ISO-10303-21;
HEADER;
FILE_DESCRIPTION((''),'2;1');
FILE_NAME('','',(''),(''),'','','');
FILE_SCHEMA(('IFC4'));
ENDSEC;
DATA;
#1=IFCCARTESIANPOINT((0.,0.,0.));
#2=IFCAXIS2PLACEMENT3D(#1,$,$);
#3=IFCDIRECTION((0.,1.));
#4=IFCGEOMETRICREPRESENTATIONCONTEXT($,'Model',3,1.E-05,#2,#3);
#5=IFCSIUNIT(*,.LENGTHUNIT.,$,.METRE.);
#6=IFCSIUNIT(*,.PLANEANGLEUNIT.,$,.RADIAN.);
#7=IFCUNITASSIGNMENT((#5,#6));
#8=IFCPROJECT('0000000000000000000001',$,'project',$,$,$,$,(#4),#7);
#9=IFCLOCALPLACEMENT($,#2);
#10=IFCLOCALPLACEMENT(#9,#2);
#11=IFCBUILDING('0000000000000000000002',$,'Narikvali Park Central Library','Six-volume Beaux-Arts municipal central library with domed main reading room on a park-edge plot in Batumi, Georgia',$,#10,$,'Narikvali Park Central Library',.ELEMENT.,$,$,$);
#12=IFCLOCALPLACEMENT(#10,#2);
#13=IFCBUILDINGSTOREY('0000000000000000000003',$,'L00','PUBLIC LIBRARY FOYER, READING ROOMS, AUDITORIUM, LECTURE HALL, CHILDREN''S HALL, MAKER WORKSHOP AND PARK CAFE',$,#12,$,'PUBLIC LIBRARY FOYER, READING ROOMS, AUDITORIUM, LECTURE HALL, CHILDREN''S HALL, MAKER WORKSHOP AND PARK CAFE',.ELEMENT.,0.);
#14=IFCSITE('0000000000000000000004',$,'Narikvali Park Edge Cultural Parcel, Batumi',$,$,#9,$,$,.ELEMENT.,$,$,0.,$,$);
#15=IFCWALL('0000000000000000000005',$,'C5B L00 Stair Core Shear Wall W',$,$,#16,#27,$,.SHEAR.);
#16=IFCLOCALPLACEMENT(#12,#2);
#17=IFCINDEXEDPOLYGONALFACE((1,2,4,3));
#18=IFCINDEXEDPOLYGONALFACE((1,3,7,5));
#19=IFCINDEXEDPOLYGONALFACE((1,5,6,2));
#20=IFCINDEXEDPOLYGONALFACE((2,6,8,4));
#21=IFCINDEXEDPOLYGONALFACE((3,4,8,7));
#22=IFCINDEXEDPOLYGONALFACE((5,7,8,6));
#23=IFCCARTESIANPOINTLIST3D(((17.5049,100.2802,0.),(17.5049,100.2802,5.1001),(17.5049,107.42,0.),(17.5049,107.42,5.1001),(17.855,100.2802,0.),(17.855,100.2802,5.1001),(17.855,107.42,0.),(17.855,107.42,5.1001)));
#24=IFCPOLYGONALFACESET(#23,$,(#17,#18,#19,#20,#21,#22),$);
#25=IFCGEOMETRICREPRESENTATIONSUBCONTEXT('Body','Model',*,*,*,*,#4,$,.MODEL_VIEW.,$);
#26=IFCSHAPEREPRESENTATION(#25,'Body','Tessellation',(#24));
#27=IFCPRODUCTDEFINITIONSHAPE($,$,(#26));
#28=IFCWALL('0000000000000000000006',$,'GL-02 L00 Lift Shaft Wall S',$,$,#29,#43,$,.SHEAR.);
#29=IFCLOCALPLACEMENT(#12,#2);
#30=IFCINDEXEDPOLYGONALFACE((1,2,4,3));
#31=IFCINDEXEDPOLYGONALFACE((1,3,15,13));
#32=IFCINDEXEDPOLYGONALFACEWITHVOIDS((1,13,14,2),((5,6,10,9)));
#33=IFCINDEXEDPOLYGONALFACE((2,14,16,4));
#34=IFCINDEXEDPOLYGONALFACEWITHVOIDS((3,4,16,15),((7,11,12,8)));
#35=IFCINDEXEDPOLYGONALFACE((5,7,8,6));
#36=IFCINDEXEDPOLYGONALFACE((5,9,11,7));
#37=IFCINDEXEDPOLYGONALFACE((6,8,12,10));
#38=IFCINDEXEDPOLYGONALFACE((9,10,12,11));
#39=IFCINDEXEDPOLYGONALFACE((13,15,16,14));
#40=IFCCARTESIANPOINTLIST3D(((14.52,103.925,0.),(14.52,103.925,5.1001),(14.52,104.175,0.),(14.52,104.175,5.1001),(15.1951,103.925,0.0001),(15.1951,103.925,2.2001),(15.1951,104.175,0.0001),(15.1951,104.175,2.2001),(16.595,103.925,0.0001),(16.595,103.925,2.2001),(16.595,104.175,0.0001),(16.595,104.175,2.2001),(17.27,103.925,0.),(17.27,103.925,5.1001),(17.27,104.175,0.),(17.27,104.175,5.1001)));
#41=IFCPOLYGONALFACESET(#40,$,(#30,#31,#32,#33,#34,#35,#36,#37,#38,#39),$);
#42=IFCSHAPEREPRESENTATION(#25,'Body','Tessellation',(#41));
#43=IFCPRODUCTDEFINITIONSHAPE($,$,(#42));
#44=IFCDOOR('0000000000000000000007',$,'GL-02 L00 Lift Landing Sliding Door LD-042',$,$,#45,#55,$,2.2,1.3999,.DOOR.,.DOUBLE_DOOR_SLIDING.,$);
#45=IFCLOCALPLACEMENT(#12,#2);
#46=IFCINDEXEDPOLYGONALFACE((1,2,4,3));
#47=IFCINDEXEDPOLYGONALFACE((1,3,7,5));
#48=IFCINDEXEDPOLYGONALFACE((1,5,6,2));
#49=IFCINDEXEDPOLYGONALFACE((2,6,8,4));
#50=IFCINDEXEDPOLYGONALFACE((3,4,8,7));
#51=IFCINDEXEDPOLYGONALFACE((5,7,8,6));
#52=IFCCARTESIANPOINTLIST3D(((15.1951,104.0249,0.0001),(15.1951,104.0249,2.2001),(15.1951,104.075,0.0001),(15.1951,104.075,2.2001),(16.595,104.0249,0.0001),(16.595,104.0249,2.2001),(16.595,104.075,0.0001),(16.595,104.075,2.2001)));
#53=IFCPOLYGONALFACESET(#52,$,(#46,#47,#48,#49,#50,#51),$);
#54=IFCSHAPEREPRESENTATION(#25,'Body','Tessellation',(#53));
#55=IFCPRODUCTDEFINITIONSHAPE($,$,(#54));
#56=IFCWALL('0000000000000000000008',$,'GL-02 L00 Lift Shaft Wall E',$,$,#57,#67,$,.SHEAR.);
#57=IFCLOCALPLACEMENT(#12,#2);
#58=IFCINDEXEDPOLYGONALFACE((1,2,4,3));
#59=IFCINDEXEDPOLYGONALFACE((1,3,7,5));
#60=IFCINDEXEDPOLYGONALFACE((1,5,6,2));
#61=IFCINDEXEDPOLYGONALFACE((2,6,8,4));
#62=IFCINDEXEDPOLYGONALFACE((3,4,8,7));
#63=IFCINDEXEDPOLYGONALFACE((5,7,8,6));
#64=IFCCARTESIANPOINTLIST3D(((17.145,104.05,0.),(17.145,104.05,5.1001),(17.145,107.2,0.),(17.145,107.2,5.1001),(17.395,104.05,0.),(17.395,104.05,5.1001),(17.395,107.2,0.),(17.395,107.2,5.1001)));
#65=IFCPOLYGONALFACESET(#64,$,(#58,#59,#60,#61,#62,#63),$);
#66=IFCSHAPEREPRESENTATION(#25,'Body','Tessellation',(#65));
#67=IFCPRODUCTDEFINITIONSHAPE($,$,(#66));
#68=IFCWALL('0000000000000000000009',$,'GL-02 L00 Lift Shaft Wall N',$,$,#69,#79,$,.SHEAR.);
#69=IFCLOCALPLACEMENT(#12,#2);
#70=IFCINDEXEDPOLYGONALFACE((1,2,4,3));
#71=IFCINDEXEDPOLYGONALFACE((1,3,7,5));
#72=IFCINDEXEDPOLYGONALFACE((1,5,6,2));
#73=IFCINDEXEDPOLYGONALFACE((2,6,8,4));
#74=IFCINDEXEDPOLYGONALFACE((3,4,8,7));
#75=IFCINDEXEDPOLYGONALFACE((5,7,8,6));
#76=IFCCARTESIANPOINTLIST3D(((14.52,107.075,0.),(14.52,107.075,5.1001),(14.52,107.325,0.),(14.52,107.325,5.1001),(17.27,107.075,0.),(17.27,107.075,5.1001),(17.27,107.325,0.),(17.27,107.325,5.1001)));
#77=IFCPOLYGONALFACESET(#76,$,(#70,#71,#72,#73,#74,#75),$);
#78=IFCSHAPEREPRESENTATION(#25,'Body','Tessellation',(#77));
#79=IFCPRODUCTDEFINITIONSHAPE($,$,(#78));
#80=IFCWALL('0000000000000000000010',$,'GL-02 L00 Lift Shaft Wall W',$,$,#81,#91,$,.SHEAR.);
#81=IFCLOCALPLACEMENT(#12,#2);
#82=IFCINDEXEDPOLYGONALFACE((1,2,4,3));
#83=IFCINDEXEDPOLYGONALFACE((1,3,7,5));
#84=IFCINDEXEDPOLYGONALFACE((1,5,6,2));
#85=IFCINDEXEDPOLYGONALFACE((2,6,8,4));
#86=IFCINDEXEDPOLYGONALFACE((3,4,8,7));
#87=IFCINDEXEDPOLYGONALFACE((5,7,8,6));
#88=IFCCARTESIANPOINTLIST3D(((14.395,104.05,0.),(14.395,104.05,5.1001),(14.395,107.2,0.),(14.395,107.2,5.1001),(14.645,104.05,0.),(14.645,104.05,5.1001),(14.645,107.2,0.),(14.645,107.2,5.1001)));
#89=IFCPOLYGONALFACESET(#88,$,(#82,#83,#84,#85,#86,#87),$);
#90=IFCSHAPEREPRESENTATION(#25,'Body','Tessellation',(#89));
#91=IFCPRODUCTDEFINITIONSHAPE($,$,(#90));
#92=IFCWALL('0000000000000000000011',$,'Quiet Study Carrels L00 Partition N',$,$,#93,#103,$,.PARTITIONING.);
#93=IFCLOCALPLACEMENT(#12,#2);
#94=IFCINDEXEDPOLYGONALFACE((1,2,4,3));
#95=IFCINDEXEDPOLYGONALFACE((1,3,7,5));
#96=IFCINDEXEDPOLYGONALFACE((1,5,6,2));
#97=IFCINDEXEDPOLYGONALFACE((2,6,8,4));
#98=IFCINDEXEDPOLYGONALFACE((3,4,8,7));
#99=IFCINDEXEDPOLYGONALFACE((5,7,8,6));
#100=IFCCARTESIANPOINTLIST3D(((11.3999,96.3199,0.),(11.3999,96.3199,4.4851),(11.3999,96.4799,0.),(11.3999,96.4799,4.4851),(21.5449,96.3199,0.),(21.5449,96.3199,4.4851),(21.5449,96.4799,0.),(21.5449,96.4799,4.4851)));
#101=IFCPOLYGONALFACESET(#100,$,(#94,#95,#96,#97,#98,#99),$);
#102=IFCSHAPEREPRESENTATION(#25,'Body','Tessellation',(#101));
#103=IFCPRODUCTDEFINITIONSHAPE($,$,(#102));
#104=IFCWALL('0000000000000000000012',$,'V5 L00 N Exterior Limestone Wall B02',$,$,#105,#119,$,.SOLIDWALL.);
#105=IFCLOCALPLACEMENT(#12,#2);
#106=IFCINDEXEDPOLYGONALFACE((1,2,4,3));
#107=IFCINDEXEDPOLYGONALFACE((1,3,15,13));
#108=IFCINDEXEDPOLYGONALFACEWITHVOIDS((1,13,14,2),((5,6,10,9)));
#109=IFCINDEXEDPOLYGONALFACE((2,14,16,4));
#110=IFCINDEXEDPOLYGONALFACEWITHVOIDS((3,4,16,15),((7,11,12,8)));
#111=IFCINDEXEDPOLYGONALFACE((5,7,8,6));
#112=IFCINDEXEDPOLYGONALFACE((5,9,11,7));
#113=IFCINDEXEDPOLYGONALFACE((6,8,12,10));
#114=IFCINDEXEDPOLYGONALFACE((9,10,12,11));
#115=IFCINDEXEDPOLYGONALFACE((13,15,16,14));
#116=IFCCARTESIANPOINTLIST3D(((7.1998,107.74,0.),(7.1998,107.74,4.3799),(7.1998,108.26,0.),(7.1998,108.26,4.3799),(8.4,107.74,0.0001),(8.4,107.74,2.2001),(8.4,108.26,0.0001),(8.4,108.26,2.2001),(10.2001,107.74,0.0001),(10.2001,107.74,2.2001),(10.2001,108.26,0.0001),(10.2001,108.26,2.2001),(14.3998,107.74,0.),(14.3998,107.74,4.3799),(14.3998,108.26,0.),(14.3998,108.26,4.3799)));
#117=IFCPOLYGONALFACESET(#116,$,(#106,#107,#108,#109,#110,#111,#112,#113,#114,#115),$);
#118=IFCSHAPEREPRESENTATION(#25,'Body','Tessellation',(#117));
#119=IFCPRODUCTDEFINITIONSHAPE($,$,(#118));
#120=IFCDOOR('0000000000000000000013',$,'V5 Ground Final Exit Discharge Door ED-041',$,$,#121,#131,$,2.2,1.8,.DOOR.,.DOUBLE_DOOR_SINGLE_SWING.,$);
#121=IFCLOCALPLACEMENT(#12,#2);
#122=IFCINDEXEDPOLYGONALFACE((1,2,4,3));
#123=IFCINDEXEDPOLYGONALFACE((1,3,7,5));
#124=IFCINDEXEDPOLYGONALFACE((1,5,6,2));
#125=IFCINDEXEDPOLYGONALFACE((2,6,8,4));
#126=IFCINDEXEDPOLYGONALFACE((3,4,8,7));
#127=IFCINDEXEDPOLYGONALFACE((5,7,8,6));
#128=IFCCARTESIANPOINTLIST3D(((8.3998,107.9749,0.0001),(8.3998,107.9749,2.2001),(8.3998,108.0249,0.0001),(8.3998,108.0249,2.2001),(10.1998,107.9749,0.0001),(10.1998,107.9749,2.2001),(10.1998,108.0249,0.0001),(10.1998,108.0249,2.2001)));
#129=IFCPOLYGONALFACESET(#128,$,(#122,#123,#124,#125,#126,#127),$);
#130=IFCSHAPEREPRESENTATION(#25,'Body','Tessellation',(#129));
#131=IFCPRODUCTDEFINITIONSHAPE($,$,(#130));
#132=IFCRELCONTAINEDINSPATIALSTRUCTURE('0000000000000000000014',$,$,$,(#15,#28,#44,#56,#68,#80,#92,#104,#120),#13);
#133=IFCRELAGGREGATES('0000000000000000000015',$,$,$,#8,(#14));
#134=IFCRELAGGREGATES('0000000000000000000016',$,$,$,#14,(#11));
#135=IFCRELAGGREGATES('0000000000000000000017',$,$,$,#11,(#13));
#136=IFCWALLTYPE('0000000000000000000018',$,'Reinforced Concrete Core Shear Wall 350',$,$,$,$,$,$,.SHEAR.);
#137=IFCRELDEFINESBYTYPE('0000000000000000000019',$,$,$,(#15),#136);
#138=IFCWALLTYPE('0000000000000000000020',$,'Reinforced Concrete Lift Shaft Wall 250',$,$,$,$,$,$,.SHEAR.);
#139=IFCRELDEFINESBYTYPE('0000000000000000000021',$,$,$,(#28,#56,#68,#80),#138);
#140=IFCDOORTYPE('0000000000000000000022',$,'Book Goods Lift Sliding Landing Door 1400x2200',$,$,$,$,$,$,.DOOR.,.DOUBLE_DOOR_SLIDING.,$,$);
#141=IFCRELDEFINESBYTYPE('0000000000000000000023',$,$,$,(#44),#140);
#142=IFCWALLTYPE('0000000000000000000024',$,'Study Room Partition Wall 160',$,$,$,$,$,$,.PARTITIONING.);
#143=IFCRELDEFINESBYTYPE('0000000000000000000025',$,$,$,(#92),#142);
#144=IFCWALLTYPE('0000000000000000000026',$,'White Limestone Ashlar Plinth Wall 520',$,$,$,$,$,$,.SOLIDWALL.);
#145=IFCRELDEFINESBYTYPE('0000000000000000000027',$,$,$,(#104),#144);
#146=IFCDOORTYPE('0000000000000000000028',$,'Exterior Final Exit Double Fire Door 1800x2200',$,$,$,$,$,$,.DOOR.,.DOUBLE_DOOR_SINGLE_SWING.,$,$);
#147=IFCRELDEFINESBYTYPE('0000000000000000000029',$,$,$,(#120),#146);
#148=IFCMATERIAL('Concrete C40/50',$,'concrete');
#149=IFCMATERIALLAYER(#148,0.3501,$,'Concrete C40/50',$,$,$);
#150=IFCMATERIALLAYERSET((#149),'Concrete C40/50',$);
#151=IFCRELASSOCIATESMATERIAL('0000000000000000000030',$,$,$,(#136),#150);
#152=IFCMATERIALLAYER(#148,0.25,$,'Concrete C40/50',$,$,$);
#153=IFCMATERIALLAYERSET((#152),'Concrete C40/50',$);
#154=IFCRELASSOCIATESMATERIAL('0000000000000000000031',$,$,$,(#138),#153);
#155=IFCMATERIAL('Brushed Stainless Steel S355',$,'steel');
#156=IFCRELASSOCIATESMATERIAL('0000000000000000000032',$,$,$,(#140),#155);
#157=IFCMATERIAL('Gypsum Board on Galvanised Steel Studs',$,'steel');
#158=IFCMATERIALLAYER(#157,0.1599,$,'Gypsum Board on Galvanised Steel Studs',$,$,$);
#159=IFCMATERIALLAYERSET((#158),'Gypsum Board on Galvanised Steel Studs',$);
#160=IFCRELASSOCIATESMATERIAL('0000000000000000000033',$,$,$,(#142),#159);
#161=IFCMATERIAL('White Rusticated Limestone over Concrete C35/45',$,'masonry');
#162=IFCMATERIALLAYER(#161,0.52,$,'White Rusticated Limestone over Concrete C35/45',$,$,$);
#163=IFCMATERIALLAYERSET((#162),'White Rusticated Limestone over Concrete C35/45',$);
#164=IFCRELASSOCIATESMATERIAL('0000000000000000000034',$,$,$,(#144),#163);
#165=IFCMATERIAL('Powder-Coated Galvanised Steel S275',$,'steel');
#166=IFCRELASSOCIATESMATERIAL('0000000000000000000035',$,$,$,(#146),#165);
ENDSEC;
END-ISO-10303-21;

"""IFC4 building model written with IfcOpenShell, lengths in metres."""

from ifc_helpers import new_model, si_unit, direction, frame, frame_2d, origin, place, context, subcontext, project, spatial, rectangle, extrude, material, layer, layer_set, type_object, element, fill, save


model = new_model("IFC4")

# Units and contexts
model_context = context("Model", 3, precision=1e-05, world=origin(), true_north=direction((0.0, 1.0)))
body_context = subcontext(model_context, "Body", "Model", "MODEL_VIEW")
ifc_project = project(units=[si_unit("LENGTHUNIT", "METRE"), si_unit("PLANEANGLEUNIT", "RADIAN")], contexts=[model_context])

# Site, building, storey
site_placement = place(None, origin())
site = spatial("IfcSite", under=ifc_project, at=site_placement, Name="Narikvali Park Edge Cultural Parcel, Batumi", CompositionType="ELEMENT", RefElevation=0.0)
building_placement = place(site_placement, origin())
building = spatial("IfcBuilding", under=site, at=building_placement, Name="Narikvali Park Central Library", Description="Six-volume Beaux-Arts municipal central library with domed main reading room on a park-edge plot in Batumi, Georgia", LongName="Narikvali Park Central Library", CompositionType="ELEMENT")
storey_placement = place(building_placement, origin())
storey = spatial("IfcBuildingStorey", under=building, at=storey_placement, Name="L00", Description="PUBLIC LIBRARY FOYER, READING ROOMS, AUDITORIUM, LECTURE HALL, CHILDREN'S HALL, MAKER WORKSHOP AND PARK CAFE", LongName="PUBLIC LIBRARY FOYER, READING ROOMS, AUDITORIUM, LECTURE HALL, CHILDREN'S HALL, MAKER WORKSHOP AND PARK CAFE", CompositionType="ELEMENT", Elevation=0.0)

# Shared definitions
ifc_material_1 = material(Name="Concrete C40/50", Category="concrete")
ifc_layer_1 = layer(ifc_material_1, 0.3501, Name="Concrete C40/50")
ifc_layer_set_1 = layer_set([ifc_layer_1], Name="Concrete C40/50")
wall_type_1 = type_object("IfcWallType", Name="Reinforced Concrete Core Shear Wall 350", PredefinedType="SHEAR", material=ifc_layer_set_1)

# Wall
wall_1_placement = place(storey_placement, frame((17.6799, 107.4199, 0.0), z_axis=(0.0, 0.0, 1.0), x_axis=(0.0, -1.0, 0.0)))
element("IfcWall", 1, at=wall_1_placement, inside=storey, type_object=wall_type_1, Name="C5B L00 Stair Core Shear Wall W", PredefinedType="SHEAR", context=body_context, shape_type="SweptSolid", body=[
    extrude(rectangle(XDim=7.1399, YDim=0.3501, at=frame_2d((3.5698, 0.0))), origin(), (0.0, 0.0, 1.0), 5.1001),
])

# Wall, opening, door
ifc_layer_2 = layer(ifc_material_1, 0.25, Name="Concrete C40/50")
ifc_layer_set_2 = layer_set([ifc_layer_2], Name="Concrete C40/50")
wall_type_2 = type_object("IfcWallType", Name="Reinforced Concrete Lift Shaft Wall 250", PredefinedType="SHEAR", material=ifc_layer_set_2)
wall_2_placement = place(storey_placement, frame((14.52, 104.05, 0.0), z_axis=(0.0, 0.0, 1.0), x_axis=(1.0, 0.0, 0.0)))
wall_2 = element("IfcWall", 2, at=wall_2_placement, inside=storey, type_object=wall_type_2, Name="GL-02 L00 Lift Shaft Wall S", PredefinedType="SHEAR", context=body_context, shape_type="SweptSolid", body=[
    extrude(rectangle(XDim=2.75, YDim=0.25, at=frame_2d((1.375, 0.0))), origin(), (0.0, 0.0, 1.0), 5.1001),
])
opening_1_placement = place(wall_2_placement, frame((0.675, 0.0, 0.0)))
opening_1 = element("IfcOpeningElement", 3, at=opening_1_placement, cuts=wall_2, PredefinedType="OPENING", context=body_context, shape_type="SweptSolid", body=[
    extrude(rectangle(XDim=1.3999, YDim=2.2, at=frame_2d((0.7, 1.1001))), frame((0.0, 0.137, 0.0), z_axis=(0.0, -1.0, 0.0), x_axis=(1.0, 0.0, 0.0)), (0.0, 0.0, 1.0), 0.2739),
])
ifc_material_2 = material(Name="Brushed Stainless Steel S355", Category="steel")
door_type_1 = type_object("IfcDoorType", Name="Book Goods Lift Sliding Landing Door 1400x2200", OperationType="DOUBLE_DOOR_SLIDING", PredefinedType="DOOR", material=ifc_material_2)
door_1_placement = place(opening_1_placement, origin())
door_1 = element("IfcDoor", 4, at=door_1_placement, inside=storey, type_object=door_type_1, Name="GL-02 L00 Lift Landing Sliding Door LD-042", OperationType="DOUBLE_DOOR_SLIDING", OverallHeight=2.2, OverallWidth=1.3999, PredefinedType="DOOR", context=body_context, shape_type="SweptSolid", body=[
    extrude(rectangle(XDim=1.3999, YDim=2.2, at=frame_2d((0.7, 1.1001))), frame((0.0, 0.0249, 0.0), z_axis=(0.0, -1.0, 0.0), x_axis=(1.0, 0.0, 0.0)), (0.0, 0.0, 1.0), 0.05),
])
fill(opening_1, door_1)

# Walls
wall_3_placement = place(storey_placement, frame((17.27, 104.05, 0.0), z_axis=(0.0, 0.0, 1.0), x_axis=(0.0, 1.0, 0.0)))
element("IfcWall", 5, at=wall_3_placement, inside=storey, type_object=wall_type_2, Name="GL-02 L00 Lift Shaft Wall E", PredefinedType="SHEAR", context=body_context, shape_type="SweptSolid", body=[
    extrude(rectangle(XDim=3.1499, YDim=0.25, at=frame_2d((1.575, 0.0))), origin(), (0.0, 0.0, 1.0), 5.1001),
])
wall_4_placement = place(storey_placement, frame((17.27, 107.2, 0.0), z_axis=(0.0, 0.0, 1.0), x_axis=(-1.0, 0.0, 0.0)))
element("IfcWall", 6, at=wall_4_placement, inside=storey, type_object=wall_type_2, Name="GL-02 L00 Lift Shaft Wall N", PredefinedType="SHEAR", context=body_context, shape_type="SweptSolid", body=[
    extrude(rectangle(XDim=2.75, YDim=0.25, at=frame_2d((1.375, 0.0))), origin(), (0.0, 0.0, 1.0), 5.1001),
])
wall_5_placement = place(storey_placement, frame((14.52, 107.2, 0.0), z_axis=(0.0, 0.0, 1.0), x_axis=(0.0, -1.0, 0.0)))
element("IfcWall", 7, at=wall_5_placement, inside=storey, type_object=wall_type_2, Name="GL-02 L00 Lift Shaft Wall W", PredefinedType="SHEAR", context=body_context, shape_type="SweptSolid", body=[
    extrude(rectangle(XDim=3.1499, YDim=0.25, at=frame_2d((1.575, 0.0))), origin(), (0.0, 0.0, 1.0), 5.1001),
])
ifc_material_3 = material(Name="Gypsum Board on Galvanised Steel Studs", Category="steel")
ifc_layer_3 = layer(ifc_material_3, 0.1599, Name="Gypsum Board on Galvanised Steel Studs")
ifc_layer_set_3 = layer_set([ifc_layer_3], Name="Gypsum Board on Galvanised Steel Studs")
wall_type_3 = type_object("IfcWallType", Name="Study Room Partition Wall 160", PredefinedType="PARTITIONING", material=ifc_layer_set_3)
wall_6_placement = place(storey_placement, frame((11.3999, 96.3999, 0.0), z_axis=(0.0, 0.0, 1.0), x_axis=(1.0, 0.0, 0.0)))
element("IfcWall", 8, at=wall_6_placement, inside=storey, type_object=wall_type_3, Name="Quiet Study Carrels L00 Partition N", PredefinedType="PARTITIONING", context=body_context, shape_type="SweptSolid", body=[
    extrude(rectangle(XDim=10.145, YDim=0.1599, at=frame_2d((5.0725, 0.0))), origin(), (0.0, 0.0, 1.0), 4.4851),
])

# Wall, opening, door
ifc_material_4 = material(Name="White Rusticated Limestone over Concrete C35/45", Category="masonry")
ifc_layer_4 = layer(ifc_material_4, 0.52, Name="White Rusticated Limestone over Concrete C35/45")
ifc_layer_set_4 = layer_set([ifc_layer_4], Name="White Rusticated Limestone over Concrete C35/45")
wall_type_4 = type_object("IfcWallType", Name="White Limestone Ashlar Plinth Wall 520", PredefinedType="SOLIDWALL", material=ifc_layer_set_4)
wall_7_placement = place(storey_placement, frame((14.3999, 108.0, 0.0), z_axis=(0.0, 0.0, 1.0), x_axis=(-1.0, 0.0, 0.0)))
wall_7 = element("IfcWall", 9, at=wall_7_placement, inside=storey, type_object=wall_type_4, Name="V5 L00 N Exterior Limestone Wall B02", PredefinedType="SOLIDWALL", context=body_context, shape_type="SweptSolid", body=[
    extrude(rectangle(XDim=7.2, YDim=0.52, at=frame_2d((3.6001, 0.0))), origin(), (0.0, 0.0, 1.0), 4.3799),
])
opening_2_placement = place(wall_7_placement, frame((4.2, 0.0, 0.0)))
opening_2 = element("IfcOpeningElement", 10, at=opening_2_placement, cuts=wall_7, PredefinedType="OPENING", context=body_context, shape_type="SweptSolid", body=[
    extrude(rectangle(XDim=1.8, YDim=2.2, at=frame_2d((0.8999, 1.1001))), frame((0.0, 0.272, 0.0), z_axis=(0.0, -1.0, 0.0), x_axis=(1.0, 0.0, 0.0)), (0.0, 0.0, 1.0), 0.5439),
])
ifc_material_5 = material(Name="Powder-Coated Galvanised Steel S275", Category="steel")
door_type_2 = type_object("IfcDoorType", Name="Exterior Final Exit Double Fire Door 1800x2200", OperationType="DOUBLE_DOOR_SINGLE_SWING", PredefinedType="DOOR", material=ifc_material_5)
door_2_placement = place(opening_2_placement, frame((1.8, 0.0, 0.0), z_axis=(0.0, 0.0, 1.0), x_axis=(-1.0, 0.0, 0.0)))
door_2 = element("IfcDoor", 11, at=door_2_placement, inside=storey, type_object=door_type_2, Name="V5 Ground Final Exit Discharge Door ED-041", OperationType="DOUBLE_DOOR_SINGLE_SWING", OverallHeight=2.2, OverallWidth=1.8, PredefinedType="DOOR", context=body_context, shape_type="SweptSolid", body=[
    extrude(rectangle(XDim=1.8, YDim=2.2, at=frame_2d((0.8999, 1.1001))), frame((0.0, 0.0249, 0.0), z_axis=(0.0, -1.0, 0.0), x_axis=(1.0, 0.0, 0.0)), (0.0, 0.0, 1.0), 0.05),
])
fill(opening_2, door_2)

save(model, "model.ifc")
